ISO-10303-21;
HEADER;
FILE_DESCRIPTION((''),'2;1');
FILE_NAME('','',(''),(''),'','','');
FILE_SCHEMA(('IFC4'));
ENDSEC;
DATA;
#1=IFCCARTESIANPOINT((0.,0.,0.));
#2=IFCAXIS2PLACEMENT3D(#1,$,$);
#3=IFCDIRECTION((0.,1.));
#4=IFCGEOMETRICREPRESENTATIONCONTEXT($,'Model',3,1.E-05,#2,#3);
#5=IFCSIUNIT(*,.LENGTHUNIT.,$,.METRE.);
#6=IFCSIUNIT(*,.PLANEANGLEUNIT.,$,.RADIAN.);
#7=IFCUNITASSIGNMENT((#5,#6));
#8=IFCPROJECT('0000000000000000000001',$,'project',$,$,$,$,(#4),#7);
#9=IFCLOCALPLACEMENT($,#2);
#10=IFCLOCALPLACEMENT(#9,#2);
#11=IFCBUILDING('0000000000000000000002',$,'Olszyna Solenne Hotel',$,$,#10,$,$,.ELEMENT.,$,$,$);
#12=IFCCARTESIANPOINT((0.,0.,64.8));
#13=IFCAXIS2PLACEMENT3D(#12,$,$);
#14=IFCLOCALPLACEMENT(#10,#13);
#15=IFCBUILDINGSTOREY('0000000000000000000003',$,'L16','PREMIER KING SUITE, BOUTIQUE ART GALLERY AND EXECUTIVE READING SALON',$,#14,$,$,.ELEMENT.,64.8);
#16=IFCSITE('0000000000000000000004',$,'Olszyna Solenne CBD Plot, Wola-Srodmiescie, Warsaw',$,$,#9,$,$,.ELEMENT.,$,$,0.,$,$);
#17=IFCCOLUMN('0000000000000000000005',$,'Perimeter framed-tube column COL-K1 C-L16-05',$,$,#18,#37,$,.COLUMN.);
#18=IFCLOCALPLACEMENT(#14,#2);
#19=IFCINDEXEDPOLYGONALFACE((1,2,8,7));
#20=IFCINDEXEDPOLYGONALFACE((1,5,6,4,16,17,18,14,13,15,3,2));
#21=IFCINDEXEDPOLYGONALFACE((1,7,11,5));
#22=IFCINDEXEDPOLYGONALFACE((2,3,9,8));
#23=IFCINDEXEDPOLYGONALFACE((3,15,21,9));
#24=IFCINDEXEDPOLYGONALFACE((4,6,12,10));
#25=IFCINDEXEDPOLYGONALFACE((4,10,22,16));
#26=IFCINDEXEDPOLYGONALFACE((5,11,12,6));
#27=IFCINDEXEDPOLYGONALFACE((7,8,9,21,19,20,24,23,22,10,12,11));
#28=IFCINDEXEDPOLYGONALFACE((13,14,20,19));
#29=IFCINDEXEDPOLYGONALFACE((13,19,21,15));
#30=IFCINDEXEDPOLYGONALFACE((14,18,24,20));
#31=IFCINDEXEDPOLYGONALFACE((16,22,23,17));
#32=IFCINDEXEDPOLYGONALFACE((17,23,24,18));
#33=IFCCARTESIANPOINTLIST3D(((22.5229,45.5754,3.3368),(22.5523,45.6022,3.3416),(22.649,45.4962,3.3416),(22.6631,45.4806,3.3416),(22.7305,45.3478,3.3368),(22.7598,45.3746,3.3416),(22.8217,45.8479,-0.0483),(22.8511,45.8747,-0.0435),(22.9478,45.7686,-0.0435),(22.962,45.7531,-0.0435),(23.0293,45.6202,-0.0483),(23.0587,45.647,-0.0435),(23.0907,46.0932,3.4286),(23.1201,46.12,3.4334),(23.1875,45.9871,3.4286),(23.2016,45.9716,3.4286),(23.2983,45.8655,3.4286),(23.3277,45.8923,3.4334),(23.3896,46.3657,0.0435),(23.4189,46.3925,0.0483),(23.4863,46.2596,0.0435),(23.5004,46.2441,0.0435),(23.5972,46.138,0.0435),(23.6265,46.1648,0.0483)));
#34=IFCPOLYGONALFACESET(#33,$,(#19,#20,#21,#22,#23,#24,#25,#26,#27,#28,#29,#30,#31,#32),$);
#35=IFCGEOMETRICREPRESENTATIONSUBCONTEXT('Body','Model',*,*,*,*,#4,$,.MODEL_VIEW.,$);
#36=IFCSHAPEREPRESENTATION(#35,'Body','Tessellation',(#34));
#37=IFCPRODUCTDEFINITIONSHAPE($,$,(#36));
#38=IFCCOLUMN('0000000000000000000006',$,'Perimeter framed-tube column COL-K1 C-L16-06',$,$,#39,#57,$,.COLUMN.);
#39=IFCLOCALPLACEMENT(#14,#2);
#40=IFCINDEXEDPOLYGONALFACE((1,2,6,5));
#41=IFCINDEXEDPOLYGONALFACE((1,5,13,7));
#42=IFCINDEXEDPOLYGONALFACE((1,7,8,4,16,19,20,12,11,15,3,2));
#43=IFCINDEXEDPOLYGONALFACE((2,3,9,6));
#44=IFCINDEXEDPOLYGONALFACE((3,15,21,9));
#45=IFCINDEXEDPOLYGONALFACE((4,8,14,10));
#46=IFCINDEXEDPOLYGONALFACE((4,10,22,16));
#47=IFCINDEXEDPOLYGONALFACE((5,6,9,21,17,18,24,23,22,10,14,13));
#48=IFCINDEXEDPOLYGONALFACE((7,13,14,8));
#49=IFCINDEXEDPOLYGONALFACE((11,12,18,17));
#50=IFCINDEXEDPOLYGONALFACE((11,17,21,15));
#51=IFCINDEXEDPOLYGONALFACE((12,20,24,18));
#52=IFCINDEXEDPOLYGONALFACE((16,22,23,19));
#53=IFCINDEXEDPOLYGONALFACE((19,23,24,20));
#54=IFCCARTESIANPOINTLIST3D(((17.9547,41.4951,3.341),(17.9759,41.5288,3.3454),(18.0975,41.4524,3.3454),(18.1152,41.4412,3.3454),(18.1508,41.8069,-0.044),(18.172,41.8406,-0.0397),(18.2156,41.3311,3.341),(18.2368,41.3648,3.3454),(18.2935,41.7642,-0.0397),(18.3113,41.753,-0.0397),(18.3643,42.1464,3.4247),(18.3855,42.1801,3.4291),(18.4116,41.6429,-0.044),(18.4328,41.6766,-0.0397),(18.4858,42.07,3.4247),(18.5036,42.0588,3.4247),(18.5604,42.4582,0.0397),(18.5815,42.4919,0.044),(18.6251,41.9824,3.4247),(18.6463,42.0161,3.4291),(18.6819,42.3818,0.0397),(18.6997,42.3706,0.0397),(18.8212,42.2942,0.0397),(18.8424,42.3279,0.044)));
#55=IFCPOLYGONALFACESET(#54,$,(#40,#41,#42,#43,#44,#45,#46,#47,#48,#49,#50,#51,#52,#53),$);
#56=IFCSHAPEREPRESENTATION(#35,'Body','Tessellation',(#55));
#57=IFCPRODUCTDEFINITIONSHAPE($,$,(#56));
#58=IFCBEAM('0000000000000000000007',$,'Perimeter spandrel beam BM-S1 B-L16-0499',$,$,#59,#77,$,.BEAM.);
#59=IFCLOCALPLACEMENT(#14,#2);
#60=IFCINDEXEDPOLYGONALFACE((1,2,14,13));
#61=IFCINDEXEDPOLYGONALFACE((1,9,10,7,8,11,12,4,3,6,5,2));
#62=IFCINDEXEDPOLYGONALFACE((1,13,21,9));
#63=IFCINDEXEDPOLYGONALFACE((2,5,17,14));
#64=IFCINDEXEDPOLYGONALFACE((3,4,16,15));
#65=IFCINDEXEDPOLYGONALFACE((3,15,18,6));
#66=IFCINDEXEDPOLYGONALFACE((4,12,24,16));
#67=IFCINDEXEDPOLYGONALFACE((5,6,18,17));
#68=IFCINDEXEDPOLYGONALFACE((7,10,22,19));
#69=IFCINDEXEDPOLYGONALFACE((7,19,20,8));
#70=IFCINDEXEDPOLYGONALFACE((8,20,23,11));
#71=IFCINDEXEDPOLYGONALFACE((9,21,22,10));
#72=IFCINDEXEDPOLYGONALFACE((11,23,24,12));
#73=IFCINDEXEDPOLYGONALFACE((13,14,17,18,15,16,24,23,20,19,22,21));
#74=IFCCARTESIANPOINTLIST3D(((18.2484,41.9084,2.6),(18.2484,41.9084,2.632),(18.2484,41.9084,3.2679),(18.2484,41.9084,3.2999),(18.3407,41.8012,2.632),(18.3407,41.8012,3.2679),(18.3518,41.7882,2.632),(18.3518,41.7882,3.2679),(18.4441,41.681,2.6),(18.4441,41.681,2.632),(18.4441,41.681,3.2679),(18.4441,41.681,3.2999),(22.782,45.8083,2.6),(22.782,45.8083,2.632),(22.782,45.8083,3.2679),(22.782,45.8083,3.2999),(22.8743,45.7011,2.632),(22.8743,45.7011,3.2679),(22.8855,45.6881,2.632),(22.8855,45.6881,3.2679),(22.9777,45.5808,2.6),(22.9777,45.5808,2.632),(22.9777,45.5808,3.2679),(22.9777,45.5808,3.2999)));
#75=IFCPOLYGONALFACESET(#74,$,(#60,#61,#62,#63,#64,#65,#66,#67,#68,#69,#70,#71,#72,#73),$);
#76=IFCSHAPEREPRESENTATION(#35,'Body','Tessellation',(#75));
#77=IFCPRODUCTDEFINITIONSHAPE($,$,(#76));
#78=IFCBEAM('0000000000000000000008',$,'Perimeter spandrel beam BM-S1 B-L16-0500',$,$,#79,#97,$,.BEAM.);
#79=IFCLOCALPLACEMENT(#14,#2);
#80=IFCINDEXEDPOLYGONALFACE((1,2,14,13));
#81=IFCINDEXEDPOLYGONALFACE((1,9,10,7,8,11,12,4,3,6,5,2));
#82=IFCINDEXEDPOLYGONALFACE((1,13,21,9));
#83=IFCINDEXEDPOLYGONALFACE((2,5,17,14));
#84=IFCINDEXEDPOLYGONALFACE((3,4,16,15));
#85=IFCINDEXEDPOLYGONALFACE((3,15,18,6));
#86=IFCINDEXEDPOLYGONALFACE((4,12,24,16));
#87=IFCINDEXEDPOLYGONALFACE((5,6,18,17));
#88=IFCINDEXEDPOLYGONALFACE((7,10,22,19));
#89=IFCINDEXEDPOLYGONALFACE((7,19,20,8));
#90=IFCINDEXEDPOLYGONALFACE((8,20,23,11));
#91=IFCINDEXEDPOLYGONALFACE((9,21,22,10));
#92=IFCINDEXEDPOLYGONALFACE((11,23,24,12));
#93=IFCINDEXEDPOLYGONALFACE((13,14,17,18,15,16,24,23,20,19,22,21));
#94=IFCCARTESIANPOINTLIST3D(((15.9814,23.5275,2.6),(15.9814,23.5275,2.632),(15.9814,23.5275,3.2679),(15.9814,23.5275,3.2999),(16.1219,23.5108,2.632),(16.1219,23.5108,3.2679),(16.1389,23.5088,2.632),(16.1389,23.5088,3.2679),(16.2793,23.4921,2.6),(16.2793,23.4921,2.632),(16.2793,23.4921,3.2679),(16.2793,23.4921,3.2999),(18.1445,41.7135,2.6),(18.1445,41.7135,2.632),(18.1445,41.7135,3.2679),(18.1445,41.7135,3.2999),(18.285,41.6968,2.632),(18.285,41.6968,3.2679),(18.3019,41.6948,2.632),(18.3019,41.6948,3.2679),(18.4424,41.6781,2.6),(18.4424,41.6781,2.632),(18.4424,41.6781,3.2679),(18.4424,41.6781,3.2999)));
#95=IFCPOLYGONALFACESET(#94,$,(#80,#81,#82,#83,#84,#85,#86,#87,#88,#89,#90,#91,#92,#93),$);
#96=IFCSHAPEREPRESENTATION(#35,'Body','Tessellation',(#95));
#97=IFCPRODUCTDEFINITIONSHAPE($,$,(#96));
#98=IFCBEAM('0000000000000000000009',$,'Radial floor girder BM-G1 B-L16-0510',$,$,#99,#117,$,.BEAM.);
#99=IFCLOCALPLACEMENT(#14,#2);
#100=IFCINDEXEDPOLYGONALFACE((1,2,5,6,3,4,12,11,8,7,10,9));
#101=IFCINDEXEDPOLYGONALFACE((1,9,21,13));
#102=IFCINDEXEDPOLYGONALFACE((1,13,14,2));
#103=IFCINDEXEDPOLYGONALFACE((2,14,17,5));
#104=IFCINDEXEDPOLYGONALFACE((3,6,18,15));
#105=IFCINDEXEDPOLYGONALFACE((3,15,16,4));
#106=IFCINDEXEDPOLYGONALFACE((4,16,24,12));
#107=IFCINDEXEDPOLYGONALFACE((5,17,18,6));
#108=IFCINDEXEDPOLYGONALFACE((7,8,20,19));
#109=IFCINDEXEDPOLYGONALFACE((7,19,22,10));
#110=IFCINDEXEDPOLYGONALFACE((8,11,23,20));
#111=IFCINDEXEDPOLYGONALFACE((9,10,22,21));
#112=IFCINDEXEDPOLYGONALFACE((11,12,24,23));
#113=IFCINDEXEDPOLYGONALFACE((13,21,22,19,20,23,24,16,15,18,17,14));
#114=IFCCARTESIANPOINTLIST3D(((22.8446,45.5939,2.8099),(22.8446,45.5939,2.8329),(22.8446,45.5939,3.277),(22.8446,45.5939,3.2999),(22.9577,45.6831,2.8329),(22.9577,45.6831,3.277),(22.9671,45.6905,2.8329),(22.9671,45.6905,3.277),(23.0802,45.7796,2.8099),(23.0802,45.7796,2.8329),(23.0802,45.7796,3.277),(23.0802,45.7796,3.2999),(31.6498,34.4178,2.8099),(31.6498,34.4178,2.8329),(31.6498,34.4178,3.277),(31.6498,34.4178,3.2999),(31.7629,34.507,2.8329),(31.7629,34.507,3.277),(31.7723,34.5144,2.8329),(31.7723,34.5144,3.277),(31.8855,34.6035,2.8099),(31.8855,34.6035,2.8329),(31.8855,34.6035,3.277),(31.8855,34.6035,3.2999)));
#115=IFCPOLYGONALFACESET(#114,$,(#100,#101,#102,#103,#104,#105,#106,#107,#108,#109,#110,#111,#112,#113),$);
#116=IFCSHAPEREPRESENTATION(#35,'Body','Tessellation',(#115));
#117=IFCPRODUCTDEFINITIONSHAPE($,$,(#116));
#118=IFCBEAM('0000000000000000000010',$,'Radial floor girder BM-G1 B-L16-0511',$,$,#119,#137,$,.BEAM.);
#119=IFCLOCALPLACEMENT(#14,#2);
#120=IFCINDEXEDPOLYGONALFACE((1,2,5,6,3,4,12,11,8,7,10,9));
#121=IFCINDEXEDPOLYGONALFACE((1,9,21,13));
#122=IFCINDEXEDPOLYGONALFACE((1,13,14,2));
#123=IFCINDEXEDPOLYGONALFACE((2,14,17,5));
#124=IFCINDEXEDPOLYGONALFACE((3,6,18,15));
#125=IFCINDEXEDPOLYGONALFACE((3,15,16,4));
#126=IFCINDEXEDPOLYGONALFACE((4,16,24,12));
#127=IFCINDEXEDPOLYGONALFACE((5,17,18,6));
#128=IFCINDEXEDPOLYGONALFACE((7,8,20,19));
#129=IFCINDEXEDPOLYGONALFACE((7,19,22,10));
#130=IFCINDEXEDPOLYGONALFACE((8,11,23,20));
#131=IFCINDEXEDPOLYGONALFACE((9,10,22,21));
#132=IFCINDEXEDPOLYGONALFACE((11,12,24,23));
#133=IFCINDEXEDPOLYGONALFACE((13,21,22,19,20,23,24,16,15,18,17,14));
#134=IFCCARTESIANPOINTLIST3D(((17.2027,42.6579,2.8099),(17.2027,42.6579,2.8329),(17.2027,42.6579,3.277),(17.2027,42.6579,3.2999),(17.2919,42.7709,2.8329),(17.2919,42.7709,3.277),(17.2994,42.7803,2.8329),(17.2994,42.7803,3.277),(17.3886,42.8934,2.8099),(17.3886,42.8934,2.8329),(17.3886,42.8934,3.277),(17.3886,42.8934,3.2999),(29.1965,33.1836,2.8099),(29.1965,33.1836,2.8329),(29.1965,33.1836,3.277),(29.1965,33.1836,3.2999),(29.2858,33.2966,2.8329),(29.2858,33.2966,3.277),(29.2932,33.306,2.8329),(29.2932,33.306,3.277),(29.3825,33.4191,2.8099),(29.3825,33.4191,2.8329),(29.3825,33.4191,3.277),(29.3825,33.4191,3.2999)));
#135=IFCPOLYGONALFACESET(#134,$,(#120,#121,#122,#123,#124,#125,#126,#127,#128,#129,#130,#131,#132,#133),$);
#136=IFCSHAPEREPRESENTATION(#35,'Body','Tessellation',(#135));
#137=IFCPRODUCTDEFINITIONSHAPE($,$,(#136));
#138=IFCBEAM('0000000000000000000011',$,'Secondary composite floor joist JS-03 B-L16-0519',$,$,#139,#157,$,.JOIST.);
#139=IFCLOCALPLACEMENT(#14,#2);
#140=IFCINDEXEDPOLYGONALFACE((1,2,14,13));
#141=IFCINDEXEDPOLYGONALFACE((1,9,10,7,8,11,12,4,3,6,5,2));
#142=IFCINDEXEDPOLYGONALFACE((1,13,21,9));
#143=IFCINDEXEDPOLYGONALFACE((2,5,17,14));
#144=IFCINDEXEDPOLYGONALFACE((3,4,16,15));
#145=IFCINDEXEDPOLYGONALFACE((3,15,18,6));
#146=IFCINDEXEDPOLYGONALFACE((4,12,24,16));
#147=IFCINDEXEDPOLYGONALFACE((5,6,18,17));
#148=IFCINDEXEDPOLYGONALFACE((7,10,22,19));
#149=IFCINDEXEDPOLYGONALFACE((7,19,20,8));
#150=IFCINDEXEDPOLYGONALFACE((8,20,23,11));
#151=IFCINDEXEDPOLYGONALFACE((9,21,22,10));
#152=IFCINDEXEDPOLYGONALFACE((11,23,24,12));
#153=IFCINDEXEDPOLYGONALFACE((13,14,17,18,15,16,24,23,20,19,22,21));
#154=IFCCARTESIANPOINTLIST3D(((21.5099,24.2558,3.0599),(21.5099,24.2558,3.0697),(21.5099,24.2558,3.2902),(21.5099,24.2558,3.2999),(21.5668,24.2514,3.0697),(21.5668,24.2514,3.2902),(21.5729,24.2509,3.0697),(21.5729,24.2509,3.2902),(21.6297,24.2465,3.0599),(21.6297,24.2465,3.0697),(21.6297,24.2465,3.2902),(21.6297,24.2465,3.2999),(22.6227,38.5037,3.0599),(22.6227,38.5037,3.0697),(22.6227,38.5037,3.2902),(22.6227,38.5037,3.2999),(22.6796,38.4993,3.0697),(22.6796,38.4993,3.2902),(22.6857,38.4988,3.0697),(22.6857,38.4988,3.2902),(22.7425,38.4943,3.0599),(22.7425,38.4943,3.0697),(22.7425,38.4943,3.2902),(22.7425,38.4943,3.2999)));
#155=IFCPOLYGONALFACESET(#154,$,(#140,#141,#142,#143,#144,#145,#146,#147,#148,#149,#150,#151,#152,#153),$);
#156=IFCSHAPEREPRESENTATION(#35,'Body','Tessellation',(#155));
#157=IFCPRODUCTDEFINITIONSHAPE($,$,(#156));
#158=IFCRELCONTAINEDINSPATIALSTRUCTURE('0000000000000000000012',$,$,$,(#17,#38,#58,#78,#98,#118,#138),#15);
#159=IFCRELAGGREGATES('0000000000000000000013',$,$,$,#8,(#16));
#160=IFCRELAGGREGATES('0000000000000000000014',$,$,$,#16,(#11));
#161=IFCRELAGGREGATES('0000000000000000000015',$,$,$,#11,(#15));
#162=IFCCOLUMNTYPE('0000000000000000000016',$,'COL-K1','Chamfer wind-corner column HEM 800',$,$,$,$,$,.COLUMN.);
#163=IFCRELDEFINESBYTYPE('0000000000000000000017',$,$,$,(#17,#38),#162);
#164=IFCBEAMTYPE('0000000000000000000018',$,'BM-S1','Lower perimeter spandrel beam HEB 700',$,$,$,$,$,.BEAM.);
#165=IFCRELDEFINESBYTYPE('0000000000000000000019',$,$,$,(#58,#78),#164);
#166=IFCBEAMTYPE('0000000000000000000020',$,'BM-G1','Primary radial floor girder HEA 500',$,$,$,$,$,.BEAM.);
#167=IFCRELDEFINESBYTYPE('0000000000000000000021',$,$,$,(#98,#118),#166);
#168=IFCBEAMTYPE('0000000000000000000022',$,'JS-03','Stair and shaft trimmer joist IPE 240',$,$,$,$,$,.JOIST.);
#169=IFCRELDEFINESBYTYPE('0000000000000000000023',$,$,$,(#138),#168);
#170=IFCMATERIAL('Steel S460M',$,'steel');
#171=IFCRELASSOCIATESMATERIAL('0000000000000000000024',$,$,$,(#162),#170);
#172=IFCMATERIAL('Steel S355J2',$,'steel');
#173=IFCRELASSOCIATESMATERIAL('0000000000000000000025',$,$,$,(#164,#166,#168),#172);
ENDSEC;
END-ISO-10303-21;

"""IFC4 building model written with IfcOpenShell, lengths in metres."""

from ifc_helpers import new_model, si_unit, direction, frame, origin, origin_2d, place, context, subcontext, project, spatial, i_section, extrude, source, transform, mapped, material, material_profile, profile_set, type_object, element, save


model = new_model("IFC4")

# Units and contexts
model_context = context("Model", 3, precision=1e-05, world=origin(), true_north=direction((0.0, 1.0)))
body_context = subcontext(model_context, "Body", "Model", "MODEL_VIEW")
ifc_project = project(units=[si_unit("LENGTHUNIT", "METRE"), si_unit("PLANEANGLEUNIT", "RADIAN")], contexts=[model_context])

# Site, building, storey
site_placement = place(None, origin())
site = spatial("IfcSite", under=ifc_project, at=site_placement, Name="Olszyna Solenne CBD Plot, Wola-Srodmiescie, Warsaw", CompositionType="ELEMENT", RefElevation=0.0)
building_placement = place(site_placement, origin())
building = spatial("IfcBuilding", under=site, at=building_placement, Name="Olszyna Solenne Hotel", CompositionType="ELEMENT")
storey_placement = place(building_placement, frame((0.0, 0.0, 64.8)))
storey = spatial("IfcBuildingStorey", under=building, at=storey_placement, Name="L16", Description="PREMIER KING SUITE, BOUTIQUE ART GALLERY AND EXECUTIVE READING SALON", CompositionType="ELEMENT", Elevation=64.8)

# Columns
ifc_material_1 = material(Name="Steel S460M", Category="steel")
ifc_material_profile_1 = material_profile(ifc_material_1, i_section(OverallWidth=0.3081, OverallDepth=0.814, WebThickness=0.021, FlangeThickness=0.04, at=origin_2d()), Name="HEM 800", Category="load-bearing")
ifc_profile_set_1 = profile_set([ifc_material_profile_1], Name="Steel S460M")
column_type = type_object("IfcColumnType", Name="COL-K1", Description="Chamfer wind-corner column HEM 800", PredefinedType="COLUMN", material=ifc_profile_set_1)
shared_shape_1 = source(origin(), body_context, "Body", "SweptSolid", [
    extrude(i_section(OverallWidth=0.3081, OverallDepth=0.814, WebThickness=0.021, FlangeThickness=0.04, at=origin_2d()), origin(), (0.0, 0.0, 1.0), 3.4092),
])
column_1_placement = place(storey_placement, frame((23.2241, 46.0063, 0.0), z_axis=(-0.087657, -0.079922, 0.992939), x_axis=(0.673754, -0.738956, 0.0)))
element("IfcColumn", 1, at=column_1_placement, inside=storey, type_object=column_type, Name="Perimeter framed-tube column COL-K1 C-L16-05", PredefinedType="COLUMN", context=body_context, shape_type="MappedRepresentation", body=[
    mapped(shared_shape_1, transform((0.0, 0.0, 0.0), x_axis=(1.0, 0.0, 0.0), y_axis=(0.0, 1.0, 0.0), z_axis=(0.0, 0.0, 1.0), scale=1.0)),
])
shared_shape_2 = source(origin(), body_context, "Body", "SweptSolid", [
    extrude(i_section(OverallWidth=0.3081, OverallDepth=0.814, WebThickness=0.021, FlangeThickness=0.04, at=origin_2d()), origin(), (0.0, 0.0, 1.0), 3.405),
])
column_2_placement = place(storey_placement, frame((18.4966, 42.0674, 0.0), z_axis=(-0.057576, -0.091562, 0.994133), x_axis=(0.846543, -0.532321, 0.0)))
element("IfcColumn", 2, at=column_2_placement, inside=storey, type_object=column_type, Name="Perimeter framed-tube column COL-K1 C-L16-06", PredefinedType="COLUMN", context=body_context, shape_type="MappedRepresentation", body=[
    mapped(shared_shape_2, transform((0.0, 0.0, 0.0), x_axis=(1.0, 0.0, 0.0), y_axis=(0.0, 1.0, 0.0), z_axis=(0.0, 0.0, 1.0), scale=1.0)),
])

# Beams
ifc_material_2 = material(Name="Steel S355J2", Category="steel")
ifc_material_profile_2 = material_profile(ifc_material_2, i_section(OverallWidth=0.3, OverallDepth=0.7, WebThickness=0.0171, FlangeThickness=0.032, at=origin_2d()), Name="HEB 700", Category="load-bearing")
ifc_profile_set_2 = profile_set([ifc_material_profile_2], Name="Steel S355J2")
beam_type_1 = type_object("IfcBeamType", Name="BM-S1", Description="Lower perimeter spandrel beam HEB 700", PredefinedType="BEAM", material=ifc_profile_set_2)
shared_shape_3 = source(origin(), body_context, "Body", "SweptSolid", [
    extrude(i_section(OverallWidth=0.3, OverallDepth=0.7, WebThickness=0.0171, FlangeThickness=0.032, at=origin_2d()), origin(), (0.0, 0.0, 1.0), 5.9802),
])
beam_1_placement = place(storey_placement, frame((22.8799, 45.6946, 2.95), z_axis=(-0.758108, -0.652128, 0.0), x_axis=(0.652128, -0.758108, 0.0)))
element("IfcBeam", 3, at=beam_1_placement, inside=storey, type_object=beam_type_1, Name="Perimeter spandrel beam BM-S1 B-L16-0499", PredefinedType="BEAM", context=body_context, shape_type="MappedRepresentation", body=[
    mapped(shared_shape_3, transform((0.0, 0.0, 0.0), x_axis=(1.0, 0.0, 0.0), y_axis=(0.0, 1.0, 0.0), z_axis=(0.0, 0.0, 1.0), scale=1.0)),
])
shared_shape_4 = source(origin(), body_context, "Body", "SweptSolid", [
    extrude(i_section(OverallWidth=0.3, OverallDepth=0.7, WebThickness=0.0171, FlangeThickness=0.032, at=origin_2d()), origin(), (0.0, 0.0, 1.0), 18.3142),
])
beam_2_placement = place(storey_placement, frame((18.2935, 41.6958, 2.95), z_axis=(-0.11811, -0.993001, 0.0), x_axis=(0.993001, -0.11811, 0.0)))
element("IfcBeam", 4, at=beam_2_placement, inside=storey, type_object=beam_type_1, Name="Perimeter spandrel beam BM-S1 B-L16-0500", PredefinedType="BEAM", context=body_context, shape_type="MappedRepresentation", body=[
    mapped(shared_shape_4, transform((0.0, 0.0, 0.0), x_axis=(1.0, 0.0, 0.0), y_axis=(0.0, 1.0, 0.0), z_axis=(0.0, 0.0, 1.0), scale=1.0)),
])
ifc_material_profile_3 = material_profile(ifc_material_2, i_section(OverallWidth=0.3, OverallDepth=0.49, WebThickness=0.012, FlangeThickness=0.0229, at=origin_2d()), Name="HEA 500", Category="load-bearing")
ifc_profile_set_3 = profile_set([ifc_material_profile_3], Name="Steel S355J2")
beam_type_2 = type_object("IfcBeamType", Name="BM-G1", Description="Primary radial floor girder HEA 500", PredefinedType="BEAM", material=ifc_profile_set_3)
shared_shape_5 = source(origin(), body_context, "Body", "SweptSolid", [
    extrude(i_section(OverallWidth=0.3, OverallDepth=0.49, WebThickness=0.012, FlangeThickness=0.0229, at=origin_2d()), origin(), (0.0, 0.0, 1.0), 14.228),
])
beam_3_placement = place(storey_placement, frame((22.9624, 45.6868, 3.0549), z_axis=(0.618865, -0.785498, 0.0), x_axis=(0.785498, 0.618865, 0.0)))
element("IfcBeam", 5, at=beam_3_placement, inside=storey, type_object=beam_type_2, Name="Radial floor girder BM-G1 B-L16-0510", PredefinedType="BEAM", context=body_context, shape_type="MappedRepresentation", body=[
    mapped(shared_shape_5, transform((0.0, 0.0, 0.0), x_axis=(1.0, 0.0, 0.0), y_axis=(0.0, 1.0, 0.0), z_axis=(0.0, 0.0, 1.0), scale=1.0)),
])
shared_shape_6 = source(origin(), body_context, "Body", "SweptSolid", [
    extrude(i_section(OverallWidth=0.3, OverallDepth=0.49, WebThickness=0.012, FlangeThickness=0.0229, at=origin_2d()), origin(), (0.0, 0.0, 1.0), 15.2844),
])
beam_4_placement = place(storey_placement, frame((17.2957, 42.7756, 3.0549), z_axis=(0.784708, -0.619866, 0.0), x_axis=(0.619866, 0.784708, 0.0)))
element("IfcBeam", 6, at=beam_4_placement, inside=storey, type_object=beam_type_2, Name="Radial floor girder BM-G1 B-L16-0511", PredefinedType="BEAM", context=body_context, shape_type="MappedRepresentation", body=[
    mapped(shared_shape_6, transform((0.0, 0.0, 0.0), x_axis=(1.0, 0.0, 0.0), y_axis=(0.0, 1.0, 0.0), z_axis=(0.0, 0.0, 1.0), scale=1.0)),
])
ifc_material_profile_4 = material_profile(ifc_material_2, i_section(OverallWidth=0.1201, OverallDepth=0.24, WebThickness=0.0061, FlangeThickness=0.0098, at=origin_2d()), Name="IPE 240", Category="load-bearing")
ifc_profile_set_4 = profile_set([ifc_material_profile_4], Name="Steel S355J2")
beam_type_3 = type_object("IfcBeamType", Name="JS-03", Description="Stair and shaft trimmer joist IPE 240", PredefinedType="JOIST", material=ifc_profile_set_4)
shared_shape_7 = source(origin(), body_context, "Body", "SweptSolid", [
    extrude(i_section(OverallWidth=0.1201, OverallDepth=0.24, WebThickness=0.0061, FlangeThickness=0.0098, at=origin_2d()), origin(), (0.0, 0.0, 1.0), 14.2913),
])
beam_5_placement = place(storey_placement, frame((22.6826, 38.499, 3.1799), z_axis=(-0.077866, -0.996964, 0.0), x_axis=(0.996964, -0.077866, 0.0)))
element("IfcBeam", 7, at=beam_5_placement, inside=storey, type_object=beam_type_3, Name="Secondary composite floor joist JS-03 B-L16-0519", PredefinedType="JOIST", context=body_context, shape_type="MappedRepresentation", body=[
    mapped(shared_shape_7, transform((0.0, 0.0, 0.0), x_axis=(1.0, 0.0, 0.0), y_axis=(0.0, 1.0, 0.0), z_axis=(0.0, 0.0, 1.0), scale=1.0)),
])

save(model, "model.ifc")
